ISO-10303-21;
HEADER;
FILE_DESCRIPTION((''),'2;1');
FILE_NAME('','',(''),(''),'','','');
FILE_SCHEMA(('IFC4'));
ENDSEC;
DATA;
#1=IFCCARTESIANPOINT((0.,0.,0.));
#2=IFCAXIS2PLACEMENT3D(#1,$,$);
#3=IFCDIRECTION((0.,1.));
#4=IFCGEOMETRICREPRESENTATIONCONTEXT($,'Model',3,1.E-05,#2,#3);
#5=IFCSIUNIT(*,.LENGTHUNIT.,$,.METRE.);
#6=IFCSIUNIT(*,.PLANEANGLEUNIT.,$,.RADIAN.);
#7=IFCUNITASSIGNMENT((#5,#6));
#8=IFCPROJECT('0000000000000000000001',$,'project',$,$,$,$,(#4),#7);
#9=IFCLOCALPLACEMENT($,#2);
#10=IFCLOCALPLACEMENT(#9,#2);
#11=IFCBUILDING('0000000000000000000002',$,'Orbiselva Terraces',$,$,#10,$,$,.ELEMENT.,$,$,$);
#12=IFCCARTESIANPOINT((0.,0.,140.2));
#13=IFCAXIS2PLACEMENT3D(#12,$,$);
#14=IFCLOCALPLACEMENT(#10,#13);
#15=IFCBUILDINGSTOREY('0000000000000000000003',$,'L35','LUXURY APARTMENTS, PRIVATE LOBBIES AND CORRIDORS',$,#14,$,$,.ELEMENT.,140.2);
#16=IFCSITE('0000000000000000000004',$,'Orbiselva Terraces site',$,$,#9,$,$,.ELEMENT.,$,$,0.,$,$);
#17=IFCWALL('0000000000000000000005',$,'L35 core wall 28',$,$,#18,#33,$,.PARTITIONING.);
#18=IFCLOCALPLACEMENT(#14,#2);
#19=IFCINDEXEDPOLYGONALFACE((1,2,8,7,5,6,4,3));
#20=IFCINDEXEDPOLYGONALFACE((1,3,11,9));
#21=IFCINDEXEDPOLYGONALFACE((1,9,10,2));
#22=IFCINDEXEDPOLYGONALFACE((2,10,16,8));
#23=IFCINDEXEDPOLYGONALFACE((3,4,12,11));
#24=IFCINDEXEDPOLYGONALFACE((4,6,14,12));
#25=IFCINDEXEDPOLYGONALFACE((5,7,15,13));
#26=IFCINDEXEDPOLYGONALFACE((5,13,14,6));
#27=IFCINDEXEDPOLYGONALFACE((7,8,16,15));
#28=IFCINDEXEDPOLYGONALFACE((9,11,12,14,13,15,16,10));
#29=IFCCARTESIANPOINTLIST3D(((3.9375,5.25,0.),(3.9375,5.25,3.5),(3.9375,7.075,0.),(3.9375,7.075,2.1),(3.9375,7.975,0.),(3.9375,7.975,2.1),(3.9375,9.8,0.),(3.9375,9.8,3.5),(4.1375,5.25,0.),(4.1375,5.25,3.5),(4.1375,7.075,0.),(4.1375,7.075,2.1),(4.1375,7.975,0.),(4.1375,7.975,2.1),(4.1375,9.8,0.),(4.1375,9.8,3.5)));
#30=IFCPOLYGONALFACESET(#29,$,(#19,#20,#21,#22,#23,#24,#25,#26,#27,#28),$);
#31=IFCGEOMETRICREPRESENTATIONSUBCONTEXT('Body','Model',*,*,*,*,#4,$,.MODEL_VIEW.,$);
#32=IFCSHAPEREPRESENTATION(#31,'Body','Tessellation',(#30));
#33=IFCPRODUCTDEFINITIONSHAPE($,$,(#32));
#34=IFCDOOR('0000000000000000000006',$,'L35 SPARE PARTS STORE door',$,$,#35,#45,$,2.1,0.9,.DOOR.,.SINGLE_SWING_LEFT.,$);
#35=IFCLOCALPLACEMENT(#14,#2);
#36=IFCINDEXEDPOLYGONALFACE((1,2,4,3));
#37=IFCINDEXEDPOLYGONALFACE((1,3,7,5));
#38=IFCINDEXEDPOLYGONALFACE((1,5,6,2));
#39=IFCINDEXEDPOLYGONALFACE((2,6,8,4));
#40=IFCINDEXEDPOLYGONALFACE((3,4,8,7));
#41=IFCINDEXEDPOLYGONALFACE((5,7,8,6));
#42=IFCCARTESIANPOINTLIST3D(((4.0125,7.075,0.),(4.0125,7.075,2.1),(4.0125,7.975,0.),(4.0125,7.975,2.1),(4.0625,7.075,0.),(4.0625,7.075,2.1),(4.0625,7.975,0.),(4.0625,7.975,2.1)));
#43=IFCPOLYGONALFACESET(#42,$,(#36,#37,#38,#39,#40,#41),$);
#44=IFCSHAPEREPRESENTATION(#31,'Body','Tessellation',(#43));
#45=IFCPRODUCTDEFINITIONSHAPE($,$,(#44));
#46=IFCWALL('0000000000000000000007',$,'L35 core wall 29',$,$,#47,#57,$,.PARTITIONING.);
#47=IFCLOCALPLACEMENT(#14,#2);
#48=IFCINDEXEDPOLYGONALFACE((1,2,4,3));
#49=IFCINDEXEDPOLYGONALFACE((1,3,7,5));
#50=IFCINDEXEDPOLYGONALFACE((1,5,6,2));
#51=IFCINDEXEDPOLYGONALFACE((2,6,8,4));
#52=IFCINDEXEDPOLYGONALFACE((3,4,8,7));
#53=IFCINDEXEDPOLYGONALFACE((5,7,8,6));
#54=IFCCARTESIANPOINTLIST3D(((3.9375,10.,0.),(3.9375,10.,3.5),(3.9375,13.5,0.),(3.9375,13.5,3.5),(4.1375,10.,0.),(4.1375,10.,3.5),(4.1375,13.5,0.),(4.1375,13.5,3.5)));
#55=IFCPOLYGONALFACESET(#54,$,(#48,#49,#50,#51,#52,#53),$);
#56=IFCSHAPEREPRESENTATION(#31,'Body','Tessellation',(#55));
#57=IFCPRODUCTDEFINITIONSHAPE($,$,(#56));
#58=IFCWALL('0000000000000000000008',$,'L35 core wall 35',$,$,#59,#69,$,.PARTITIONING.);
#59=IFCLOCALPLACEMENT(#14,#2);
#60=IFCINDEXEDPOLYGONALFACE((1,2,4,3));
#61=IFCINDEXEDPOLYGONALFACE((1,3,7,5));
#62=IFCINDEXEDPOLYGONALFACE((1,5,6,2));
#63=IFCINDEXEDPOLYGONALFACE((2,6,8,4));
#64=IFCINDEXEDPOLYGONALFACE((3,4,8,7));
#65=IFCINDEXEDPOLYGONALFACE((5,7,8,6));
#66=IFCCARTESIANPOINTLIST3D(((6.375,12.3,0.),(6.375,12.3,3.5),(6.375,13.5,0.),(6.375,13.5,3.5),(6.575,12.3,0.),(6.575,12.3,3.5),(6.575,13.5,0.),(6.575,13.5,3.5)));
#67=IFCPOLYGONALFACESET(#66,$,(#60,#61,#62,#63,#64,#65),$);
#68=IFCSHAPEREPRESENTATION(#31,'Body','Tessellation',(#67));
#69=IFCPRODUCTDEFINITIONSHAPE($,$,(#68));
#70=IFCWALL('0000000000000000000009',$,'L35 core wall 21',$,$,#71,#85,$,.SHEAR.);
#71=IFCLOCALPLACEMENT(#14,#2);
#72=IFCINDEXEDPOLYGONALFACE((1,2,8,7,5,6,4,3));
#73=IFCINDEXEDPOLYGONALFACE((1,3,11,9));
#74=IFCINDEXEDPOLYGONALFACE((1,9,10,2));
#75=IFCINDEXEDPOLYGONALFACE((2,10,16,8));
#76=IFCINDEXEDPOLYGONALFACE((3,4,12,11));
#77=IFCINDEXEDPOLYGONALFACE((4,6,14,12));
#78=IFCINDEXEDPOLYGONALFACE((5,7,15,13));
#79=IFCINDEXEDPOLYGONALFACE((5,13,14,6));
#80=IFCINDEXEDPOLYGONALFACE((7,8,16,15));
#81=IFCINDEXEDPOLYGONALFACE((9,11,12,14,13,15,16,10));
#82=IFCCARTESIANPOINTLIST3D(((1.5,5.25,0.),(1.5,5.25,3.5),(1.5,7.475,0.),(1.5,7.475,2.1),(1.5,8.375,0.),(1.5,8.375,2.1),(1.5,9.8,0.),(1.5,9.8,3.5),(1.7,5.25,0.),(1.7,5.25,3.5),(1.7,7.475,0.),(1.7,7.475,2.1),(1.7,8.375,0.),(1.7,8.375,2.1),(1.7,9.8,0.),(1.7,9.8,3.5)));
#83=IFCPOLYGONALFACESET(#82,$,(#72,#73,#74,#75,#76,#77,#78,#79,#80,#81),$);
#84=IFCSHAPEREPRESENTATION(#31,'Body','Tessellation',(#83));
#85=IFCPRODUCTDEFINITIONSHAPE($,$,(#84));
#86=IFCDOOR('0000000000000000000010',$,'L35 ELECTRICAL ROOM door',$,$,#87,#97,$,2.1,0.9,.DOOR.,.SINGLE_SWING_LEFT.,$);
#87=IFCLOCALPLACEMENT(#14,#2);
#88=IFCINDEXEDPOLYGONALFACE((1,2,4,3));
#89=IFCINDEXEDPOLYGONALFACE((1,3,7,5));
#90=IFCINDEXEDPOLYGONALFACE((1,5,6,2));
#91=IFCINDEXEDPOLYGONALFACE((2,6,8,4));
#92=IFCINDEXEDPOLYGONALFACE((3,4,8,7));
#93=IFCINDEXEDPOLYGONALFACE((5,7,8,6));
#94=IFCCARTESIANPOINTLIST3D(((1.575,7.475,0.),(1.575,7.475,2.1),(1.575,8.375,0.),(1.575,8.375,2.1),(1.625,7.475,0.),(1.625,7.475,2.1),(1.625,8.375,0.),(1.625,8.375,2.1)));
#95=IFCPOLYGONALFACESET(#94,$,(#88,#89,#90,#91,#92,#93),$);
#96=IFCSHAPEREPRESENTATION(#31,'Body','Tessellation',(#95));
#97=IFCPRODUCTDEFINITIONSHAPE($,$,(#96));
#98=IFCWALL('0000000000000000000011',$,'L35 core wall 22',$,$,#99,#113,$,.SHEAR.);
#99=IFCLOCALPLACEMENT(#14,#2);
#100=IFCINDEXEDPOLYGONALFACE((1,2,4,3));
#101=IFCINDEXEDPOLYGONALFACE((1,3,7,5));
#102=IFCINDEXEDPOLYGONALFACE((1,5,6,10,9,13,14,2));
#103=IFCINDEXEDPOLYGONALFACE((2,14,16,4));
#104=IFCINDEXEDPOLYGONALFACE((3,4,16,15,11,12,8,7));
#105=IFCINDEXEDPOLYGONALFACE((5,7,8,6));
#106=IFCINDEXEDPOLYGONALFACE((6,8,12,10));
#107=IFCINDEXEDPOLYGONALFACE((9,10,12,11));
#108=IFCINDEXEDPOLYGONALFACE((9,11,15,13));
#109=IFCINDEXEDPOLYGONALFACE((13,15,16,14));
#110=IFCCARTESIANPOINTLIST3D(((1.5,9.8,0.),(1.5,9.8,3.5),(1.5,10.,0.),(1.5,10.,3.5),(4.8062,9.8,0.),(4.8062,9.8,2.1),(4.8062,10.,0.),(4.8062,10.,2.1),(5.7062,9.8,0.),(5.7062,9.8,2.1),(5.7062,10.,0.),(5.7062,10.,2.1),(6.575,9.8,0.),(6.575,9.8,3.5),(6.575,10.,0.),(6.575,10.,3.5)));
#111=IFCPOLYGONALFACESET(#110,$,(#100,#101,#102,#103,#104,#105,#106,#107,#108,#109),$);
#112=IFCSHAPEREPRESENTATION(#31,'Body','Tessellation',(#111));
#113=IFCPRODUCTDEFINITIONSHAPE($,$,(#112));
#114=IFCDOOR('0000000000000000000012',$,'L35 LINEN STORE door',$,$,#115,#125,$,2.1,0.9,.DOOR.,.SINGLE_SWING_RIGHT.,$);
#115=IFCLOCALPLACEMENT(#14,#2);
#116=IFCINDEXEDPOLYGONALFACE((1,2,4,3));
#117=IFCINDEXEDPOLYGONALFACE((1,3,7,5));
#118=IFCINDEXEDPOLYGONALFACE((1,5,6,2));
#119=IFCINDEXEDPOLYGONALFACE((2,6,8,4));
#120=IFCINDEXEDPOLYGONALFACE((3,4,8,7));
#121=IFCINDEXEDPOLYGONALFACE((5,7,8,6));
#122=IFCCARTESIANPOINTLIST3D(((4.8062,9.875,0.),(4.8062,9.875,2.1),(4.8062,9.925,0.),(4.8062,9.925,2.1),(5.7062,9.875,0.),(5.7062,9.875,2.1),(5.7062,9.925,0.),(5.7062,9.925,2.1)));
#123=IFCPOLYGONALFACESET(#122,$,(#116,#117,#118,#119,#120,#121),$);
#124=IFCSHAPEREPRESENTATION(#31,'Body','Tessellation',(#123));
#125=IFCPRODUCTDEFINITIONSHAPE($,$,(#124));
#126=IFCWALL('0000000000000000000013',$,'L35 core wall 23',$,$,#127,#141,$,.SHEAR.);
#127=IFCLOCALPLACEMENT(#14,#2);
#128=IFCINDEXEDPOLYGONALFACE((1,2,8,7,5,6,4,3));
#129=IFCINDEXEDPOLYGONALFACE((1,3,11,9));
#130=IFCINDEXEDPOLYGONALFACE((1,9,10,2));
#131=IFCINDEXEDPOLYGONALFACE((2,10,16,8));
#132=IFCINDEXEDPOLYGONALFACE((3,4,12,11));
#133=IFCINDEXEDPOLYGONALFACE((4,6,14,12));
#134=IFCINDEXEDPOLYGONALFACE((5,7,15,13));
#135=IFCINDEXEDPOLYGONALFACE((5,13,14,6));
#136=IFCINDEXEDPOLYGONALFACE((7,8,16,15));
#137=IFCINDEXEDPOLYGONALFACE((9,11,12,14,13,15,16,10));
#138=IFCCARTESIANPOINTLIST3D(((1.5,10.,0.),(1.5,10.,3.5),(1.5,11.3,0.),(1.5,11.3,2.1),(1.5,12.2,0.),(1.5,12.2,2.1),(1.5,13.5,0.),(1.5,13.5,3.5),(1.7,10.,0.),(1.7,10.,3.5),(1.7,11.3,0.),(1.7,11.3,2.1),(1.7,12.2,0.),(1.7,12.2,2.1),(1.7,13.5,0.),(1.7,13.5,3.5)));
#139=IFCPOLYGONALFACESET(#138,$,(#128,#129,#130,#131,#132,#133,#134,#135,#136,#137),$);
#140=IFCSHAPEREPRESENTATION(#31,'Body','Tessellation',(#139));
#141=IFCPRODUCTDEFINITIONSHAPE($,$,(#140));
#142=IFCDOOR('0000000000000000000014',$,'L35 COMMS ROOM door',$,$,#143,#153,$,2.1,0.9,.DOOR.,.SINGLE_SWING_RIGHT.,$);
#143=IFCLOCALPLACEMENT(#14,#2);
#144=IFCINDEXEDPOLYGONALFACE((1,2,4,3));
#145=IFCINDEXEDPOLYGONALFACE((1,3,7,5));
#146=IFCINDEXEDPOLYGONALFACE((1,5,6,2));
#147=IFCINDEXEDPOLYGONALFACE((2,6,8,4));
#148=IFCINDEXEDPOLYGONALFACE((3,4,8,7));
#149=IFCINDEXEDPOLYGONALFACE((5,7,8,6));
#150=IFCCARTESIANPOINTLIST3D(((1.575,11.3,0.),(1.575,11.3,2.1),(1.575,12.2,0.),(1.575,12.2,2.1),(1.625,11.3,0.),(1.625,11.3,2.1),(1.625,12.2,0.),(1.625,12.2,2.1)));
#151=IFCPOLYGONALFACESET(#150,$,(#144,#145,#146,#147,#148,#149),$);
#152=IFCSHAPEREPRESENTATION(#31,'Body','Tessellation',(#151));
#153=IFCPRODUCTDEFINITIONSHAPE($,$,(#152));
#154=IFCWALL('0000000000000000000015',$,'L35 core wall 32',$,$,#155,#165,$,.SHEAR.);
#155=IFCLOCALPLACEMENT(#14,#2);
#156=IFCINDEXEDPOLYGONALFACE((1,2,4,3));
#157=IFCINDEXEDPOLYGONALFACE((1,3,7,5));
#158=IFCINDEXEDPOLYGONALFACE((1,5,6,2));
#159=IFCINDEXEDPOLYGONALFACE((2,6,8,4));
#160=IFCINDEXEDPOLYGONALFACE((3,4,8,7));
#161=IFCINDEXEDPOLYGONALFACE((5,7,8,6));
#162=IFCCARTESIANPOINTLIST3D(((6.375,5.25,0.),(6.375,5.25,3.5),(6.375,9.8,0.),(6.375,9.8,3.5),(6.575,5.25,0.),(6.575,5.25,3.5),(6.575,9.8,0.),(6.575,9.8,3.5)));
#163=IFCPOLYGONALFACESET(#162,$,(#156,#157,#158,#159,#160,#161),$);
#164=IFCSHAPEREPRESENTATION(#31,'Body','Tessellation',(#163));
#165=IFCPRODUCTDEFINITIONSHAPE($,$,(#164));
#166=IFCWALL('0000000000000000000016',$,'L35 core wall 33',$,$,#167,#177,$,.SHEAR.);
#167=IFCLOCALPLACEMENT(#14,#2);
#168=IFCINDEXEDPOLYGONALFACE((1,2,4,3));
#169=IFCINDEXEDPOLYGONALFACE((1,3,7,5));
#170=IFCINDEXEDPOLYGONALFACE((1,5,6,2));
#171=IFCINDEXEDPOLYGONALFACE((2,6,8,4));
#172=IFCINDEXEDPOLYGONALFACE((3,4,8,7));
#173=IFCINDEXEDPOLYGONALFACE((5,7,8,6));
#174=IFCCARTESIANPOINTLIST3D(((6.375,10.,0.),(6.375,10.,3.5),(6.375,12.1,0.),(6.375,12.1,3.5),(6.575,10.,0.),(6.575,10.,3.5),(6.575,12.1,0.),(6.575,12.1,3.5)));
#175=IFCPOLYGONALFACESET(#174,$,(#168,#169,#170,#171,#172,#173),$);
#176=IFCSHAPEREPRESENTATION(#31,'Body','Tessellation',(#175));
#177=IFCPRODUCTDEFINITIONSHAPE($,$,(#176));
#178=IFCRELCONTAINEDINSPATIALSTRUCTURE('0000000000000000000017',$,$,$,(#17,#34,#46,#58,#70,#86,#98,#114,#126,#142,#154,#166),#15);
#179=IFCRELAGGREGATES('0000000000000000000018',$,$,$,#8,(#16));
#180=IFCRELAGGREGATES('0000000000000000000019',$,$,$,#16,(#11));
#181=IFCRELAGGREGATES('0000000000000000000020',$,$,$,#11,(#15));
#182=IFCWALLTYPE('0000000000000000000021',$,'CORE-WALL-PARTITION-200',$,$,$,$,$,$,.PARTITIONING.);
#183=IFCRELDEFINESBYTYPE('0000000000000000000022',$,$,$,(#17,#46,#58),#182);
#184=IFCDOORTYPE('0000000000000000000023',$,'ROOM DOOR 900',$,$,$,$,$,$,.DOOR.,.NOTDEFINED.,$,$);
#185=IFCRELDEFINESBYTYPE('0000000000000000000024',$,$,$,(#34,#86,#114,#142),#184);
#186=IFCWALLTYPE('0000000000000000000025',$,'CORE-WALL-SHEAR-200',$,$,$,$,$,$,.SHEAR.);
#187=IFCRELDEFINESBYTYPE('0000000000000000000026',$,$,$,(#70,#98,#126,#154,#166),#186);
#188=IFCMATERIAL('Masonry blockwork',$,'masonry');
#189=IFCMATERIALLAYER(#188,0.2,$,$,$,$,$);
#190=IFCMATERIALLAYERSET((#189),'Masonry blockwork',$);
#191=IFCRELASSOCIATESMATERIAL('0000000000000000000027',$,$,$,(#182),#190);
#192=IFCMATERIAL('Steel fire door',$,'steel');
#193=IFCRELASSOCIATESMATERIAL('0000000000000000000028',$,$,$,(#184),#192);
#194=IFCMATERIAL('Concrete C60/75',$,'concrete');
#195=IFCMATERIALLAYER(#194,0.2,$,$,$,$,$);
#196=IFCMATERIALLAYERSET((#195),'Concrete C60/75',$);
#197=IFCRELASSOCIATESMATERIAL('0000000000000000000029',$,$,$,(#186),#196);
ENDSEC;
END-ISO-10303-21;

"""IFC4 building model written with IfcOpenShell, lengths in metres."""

from ifc_helpers import new_model, si_unit, direction, frame, frame_2d, origin, place, context, subcontext, project, spatial, rectangle, extrude, material, layer, layer_set, type_object, element, fill, save


model = new_model("IFC4")

# Units and contexts
model_context = context("Model", 3, precision=1e-05, world=origin(), true_north=direction((0.0, 1.0)))
body_context = subcontext(model_context, "Body", "Model", "MODEL_VIEW")
ifc_project = project(units=[si_unit("LENGTHUNIT", "METRE"), si_unit("PLANEANGLEUNIT", "RADIAN")], contexts=[model_context])

# Site, building, storey
site_placement = place(None, origin())
site = spatial("IfcSite", under=ifc_project, at=site_placement, Name="Orbiselva Terraces site", CompositionType="ELEMENT", RefElevation=0.0)
building_placement = place(site_placement, origin())
building = spatial("IfcBuilding", under=site, at=building_placement, Name="Orbiselva Terraces", CompositionType="ELEMENT")
storey_placement = place(building_placement, frame((0.0, 0.0, 140.2)))
storey = spatial("IfcBuildingStorey", under=building, at=storey_placement, Name="L35", Description="LUXURY APARTMENTS, PRIVATE LOBBIES AND CORRIDORS", CompositionType="ELEMENT", Elevation=140.2)

# Wall, opening, door
ifc_material_1 = material(Name="Masonry blockwork", Category="masonry")
ifc_layer_1 = layer(ifc_material_1, 0.2)
ifc_layer_set_1 = layer_set([ifc_layer_1], Name="Masonry blockwork")
wall_type_1 = type_object("IfcWallType", Name="CORE-WALL-PARTITION-200", PredefinedType="PARTITIONING", material=ifc_layer_set_1)
wall_1_placement = place(storey_placement, frame((4.0375, 9.8, 0.0), z_axis=(0.0, 0.0, 1.0), x_axis=(0.0, -1.0, 0.0)))
wall_1 = element("IfcWall", 1, at=wall_1_placement, inside=storey, type_object=wall_type_1, Name="L35 core wall 28", PredefinedType="PARTITIONING", context=body_context, shape_type="SweptSolid", body=[
    extrude(rectangle(XDim=4.55, YDim=0.2, at=frame_2d((2.275, 0.0))), origin(), (0.0, 0.0, 1.0), 3.5),
])
opening_1_placement = place(wall_1_placement, frame((1.825, 0.0, 0.0)))
opening_1 = element("IfcOpeningElement", 2, at=opening_1_placement, cuts=wall_1, PredefinedType="OPENING", context=body_context, shape_type="SweptSolid", body=[
    extrude(rectangle(XDim=0.9, YDim=2.1, at=frame_2d((0.45, 1.05))), frame((0.0, 0.11, 0.0), z_axis=(0.0, -1.0, 0.0), x_axis=(1.0, 0.0, 0.0)), (0.0, 0.0, 1.0), 0.22),
])
ifc_material_2 = material(Name="Steel fire door", Category="steel")
door_type_1 = type_object("IfcDoorType", Name="ROOM DOOR 900", OperationType="NOTDEFINED", PredefinedType="DOOR", material=ifc_material_2)
door_1_placement = place(opening_1_placement, origin())
door_1 = element("IfcDoor", 3, at=door_1_placement, inside=storey, type_object=door_type_1, Name="L35 SPARE PARTS STORE door", OperationType="SINGLE_SWING_LEFT", OverallHeight=2.1, OverallWidth=0.9, PredefinedType="DOOR", context=body_context, shape_type="SweptSolid", body=[
    extrude(rectangle(XDim=0.9, YDim=2.1, at=frame_2d((0.45, 1.05))), frame((0.0, 0.025, 0.0), z_axis=(0.0, -1.0, 0.0), x_axis=(1.0, 0.0, 0.0)), (0.0, 0.0, 1.0), 0.05),
])
fill(opening_1, door_1)

# Walls
wall_2_placement = place(storey_placement, frame((4.0375, 10.0, 0.0), z_axis=(0.0, 0.0, 1.0), x_axis=(0.0, 1.0, 0.0)))
element("IfcWall", 4, at=wall_2_placement, inside=storey, type_object=wall_type_1, Name="L35 core wall 29", PredefinedType="PARTITIONING", context=body_context, shape_type="SweptSolid", body=[
    extrude(rectangle(XDim=3.5, YDim=0.2, at=frame_2d((1.75, 0.0))), origin(), (0.0, 0.0, 1.0), 3.5),
])
wall_3_placement = place(storey_placement, frame((6.475, 12.3, 0.0), z_axis=(0.0, 0.0, 1.0), x_axis=(0.0, 1.0, 0.0)))
element("IfcWall", 5, at=wall_3_placement, inside=storey, type_object=wall_type_1, Name="L35 core wall 35", PredefinedType="PARTITIONING", context=body_context, shape_type="SweptSolid", body=[
    extrude(rectangle(XDim=1.2, YDim=0.2, at=frame_2d((0.6, 0.0))), origin(), (0.0, 0.0, 1.0), 3.5),
])

# Walls, openings, doors
ifc_material_3 = material(Name="Concrete C60/75", Category="concrete")
ifc_layer_2 = layer(ifc_material_3, 0.2)
ifc_layer_set_2 = layer_set([ifc_layer_2], Name="Concrete C60/75")
wall_type_2 = type_object("IfcWallType", Name="CORE-WALL-SHEAR-200", PredefinedType="SHEAR", material=ifc_layer_set_2)
wall_4_placement = place(storey_placement, frame((1.6, 9.8, 0.0), z_axis=(0.0, 0.0, 1.0), x_axis=(0.0, -1.0, 0.0)))
wall_4 = element("IfcWall", 6, at=wall_4_placement, inside=storey, type_object=wall_type_2, Name="L35 core wall 21", PredefinedType="SHEAR", context=body_context, shape_type="SweptSolid", body=[
    extrude(rectangle(XDim=4.55, YDim=0.2, at=frame_2d((2.275, 0.0))), origin(), (0.0, 0.0, 1.0), 3.5),
])
opening_2_placement = place(wall_4_placement, frame((1.425, 0.0, 0.0)))
opening_2 = element("IfcOpeningElement", 7, at=opening_2_placement, cuts=wall_4, PredefinedType="OPENING", context=body_context, shape_type="SweptSolid", body=[
    extrude(rectangle(XDim=0.9, YDim=2.1, at=frame_2d((0.45, 1.05))), frame((0.0, 0.11, 0.0), z_axis=(0.0, -1.0, 0.0), x_axis=(1.0, 0.0, 0.0)), (0.0, 0.0, 1.0), 0.22),
])
door_2_placement = place(opening_2_placement, origin())
door_2 = element("IfcDoor", 8, at=door_2_placement, inside=storey, type_object=door_type_1, Name="L35 ELECTRICAL ROOM door", OperationType="SINGLE_SWING_LEFT", OverallHeight=2.1, OverallWidth=0.9, PredefinedType="DOOR", context=body_context, shape_type="SweptSolid", body=[
    extrude(rectangle(XDim=0.9, YDim=2.1, at=frame_2d((0.45, 1.05))), frame((0.0, 0.025, 0.0), z_axis=(0.0, -1.0, 0.0), x_axis=(1.0, 0.0, 0.0)), (0.0, 0.0, 1.0), 0.05),
])
fill(opening_2, door_2)
wall_5_placement = place(storey_placement, frame((1.5, 9.9, 0.0), z_axis=(0.0, 0.0, 1.0), x_axis=(1.0, 0.0, 0.0)))
wall_5 = element("IfcWall", 9, at=wall_5_placement, inside=storey, type_object=wall_type_2, Name="L35 core wall 22", PredefinedType="SHEAR", context=body_context, shape_type="SweptSolid", body=[
    extrude(rectangle(XDim=5.075, YDim=0.2, at=frame_2d((2.5375, 0.0))), origin(), (0.0, 0.0, 1.0), 3.5),
])
opening_3_placement = place(wall_5_placement, frame((3.3062, 0.0, 0.0)))
opening_3 = element("IfcOpeningElement", 10, at=opening_3_placement, cuts=wall_5, PredefinedType="OPENING", context=body_context, shape_type="SweptSolid", body=[
    extrude(rectangle(XDim=0.9, YDim=2.1, at=frame_2d((0.45, 1.05))), frame((0.0, 0.11, 0.0), z_axis=(0.0, -1.0, 0.0), x_axis=(1.0, 0.0, 0.0)), (0.0, 0.0, 1.0), 0.22),
])
door_3_placement = place(opening_3_placement, origin())
door_3 = element("IfcDoor", 11, at=door_3_placement, inside=storey, type_object=door_type_1, Name="L35 LINEN STORE door", OperationType="SINGLE_SWING_RIGHT", OverallHeight=2.1, OverallWidth=0.9, PredefinedType="DOOR", context=body_context, shape_type="SweptSolid", body=[
    extrude(rectangle(XDim=0.9, YDim=2.1, at=frame_2d((0.45, 1.05))), frame((0.0, 0.025, 0.0), z_axis=(0.0, -1.0, 0.0), x_axis=(1.0, 0.0, 0.0)), (0.0, 0.0, 1.0), 0.05),
])
fill(opening_3, door_3)
wall_6_placement = place(storey_placement, frame((1.6, 13.5, 0.0), z_axis=(0.0, 0.0, 1.0), x_axis=(0.0, -1.0, 0.0)))
wall_6 = element("IfcWall", 12, at=wall_6_placement, inside=storey, type_object=wall_type_2, Name="L35 core wall 23", PredefinedType="SHEAR", context=body_context, shape_type="SweptSolid", body=[
    extrude(rectangle(XDim=3.5, YDim=0.2, at=frame_2d((1.75, 0.0))), origin(), (0.0, 0.0, 1.0), 3.5),
])
opening_4_placement = place(wall_6_placement, frame((1.3, 0.0, 0.0)))
opening_4 = element("IfcOpeningElement", 13, at=opening_4_placement, cuts=wall_6, PredefinedType="OPENING", context=body_context, shape_type="SweptSolid", body=[
    extrude(rectangle(XDim=0.9, YDim=2.1, at=frame_2d((0.45, 1.05))), frame((0.0, 0.11, 0.0), z_axis=(0.0, -1.0, 0.0), x_axis=(1.0, 0.0, 0.0)), (0.0, 0.0, 1.0), 0.22),
])
door_4_placement = place(opening_4_placement, origin())
door_4 = element("IfcDoor", 14, at=door_4_placement, inside=storey, type_object=door_type_1, Name="L35 COMMS ROOM door", OperationType="SINGLE_SWING_RIGHT", OverallHeight=2.1, OverallWidth=0.9, PredefinedType="DOOR", context=body_context, shape_type="SweptSolid", body=[
    extrude(rectangle(XDim=0.9, YDim=2.1, at=frame_2d((0.45, 1.05))), frame((0.0, 0.025, 0.0), z_axis=(0.0, -1.0, 0.0), x_axis=(1.0, 0.0, 0.0)), (0.0, 0.0, 1.0), 0.05),
])
fill(opening_4, door_4)

# Walls
wall_7_placement = place(storey_placement, frame((6.475, 5.25, 0.0), z_axis=(0.0, 0.0, 1.0), x_axis=(0.0, 1.0, 0.0)))
element("IfcWall", 15, at=wall_7_placement, inside=storey, type_object=wall_type_2, Name="L35 core wall 32", PredefinedType="SHEAR", context=body_context, shape_type="SweptSolid", body=[
    extrude(rectangle(XDim=4.55, YDim=0.2, at=frame_2d((2.275, 0.0))), origin(), (0.0, 0.0, 1.0), 3.5),
])
wall_8_placement = place(storey_placement, frame((6.475, 10.0, 0.0), z_axis=(0.0, 0.0, 1.0), x_axis=(0.0, 1.0, 0.0)))
element("IfcWall", 16, at=wall_8_placement, inside=storey, type_object=wall_type_2, Name="L35 core wall 33", PredefinedType="SHEAR", context=body_context, shape_type="SweptSolid", body=[
    extrude(rectangle(XDim=2.1, YDim=0.2, at=frame_2d((1.05, 0.0))), origin(), (0.0, 0.0, 1.0), 3.5),
])

save(model, "model.ifc")
